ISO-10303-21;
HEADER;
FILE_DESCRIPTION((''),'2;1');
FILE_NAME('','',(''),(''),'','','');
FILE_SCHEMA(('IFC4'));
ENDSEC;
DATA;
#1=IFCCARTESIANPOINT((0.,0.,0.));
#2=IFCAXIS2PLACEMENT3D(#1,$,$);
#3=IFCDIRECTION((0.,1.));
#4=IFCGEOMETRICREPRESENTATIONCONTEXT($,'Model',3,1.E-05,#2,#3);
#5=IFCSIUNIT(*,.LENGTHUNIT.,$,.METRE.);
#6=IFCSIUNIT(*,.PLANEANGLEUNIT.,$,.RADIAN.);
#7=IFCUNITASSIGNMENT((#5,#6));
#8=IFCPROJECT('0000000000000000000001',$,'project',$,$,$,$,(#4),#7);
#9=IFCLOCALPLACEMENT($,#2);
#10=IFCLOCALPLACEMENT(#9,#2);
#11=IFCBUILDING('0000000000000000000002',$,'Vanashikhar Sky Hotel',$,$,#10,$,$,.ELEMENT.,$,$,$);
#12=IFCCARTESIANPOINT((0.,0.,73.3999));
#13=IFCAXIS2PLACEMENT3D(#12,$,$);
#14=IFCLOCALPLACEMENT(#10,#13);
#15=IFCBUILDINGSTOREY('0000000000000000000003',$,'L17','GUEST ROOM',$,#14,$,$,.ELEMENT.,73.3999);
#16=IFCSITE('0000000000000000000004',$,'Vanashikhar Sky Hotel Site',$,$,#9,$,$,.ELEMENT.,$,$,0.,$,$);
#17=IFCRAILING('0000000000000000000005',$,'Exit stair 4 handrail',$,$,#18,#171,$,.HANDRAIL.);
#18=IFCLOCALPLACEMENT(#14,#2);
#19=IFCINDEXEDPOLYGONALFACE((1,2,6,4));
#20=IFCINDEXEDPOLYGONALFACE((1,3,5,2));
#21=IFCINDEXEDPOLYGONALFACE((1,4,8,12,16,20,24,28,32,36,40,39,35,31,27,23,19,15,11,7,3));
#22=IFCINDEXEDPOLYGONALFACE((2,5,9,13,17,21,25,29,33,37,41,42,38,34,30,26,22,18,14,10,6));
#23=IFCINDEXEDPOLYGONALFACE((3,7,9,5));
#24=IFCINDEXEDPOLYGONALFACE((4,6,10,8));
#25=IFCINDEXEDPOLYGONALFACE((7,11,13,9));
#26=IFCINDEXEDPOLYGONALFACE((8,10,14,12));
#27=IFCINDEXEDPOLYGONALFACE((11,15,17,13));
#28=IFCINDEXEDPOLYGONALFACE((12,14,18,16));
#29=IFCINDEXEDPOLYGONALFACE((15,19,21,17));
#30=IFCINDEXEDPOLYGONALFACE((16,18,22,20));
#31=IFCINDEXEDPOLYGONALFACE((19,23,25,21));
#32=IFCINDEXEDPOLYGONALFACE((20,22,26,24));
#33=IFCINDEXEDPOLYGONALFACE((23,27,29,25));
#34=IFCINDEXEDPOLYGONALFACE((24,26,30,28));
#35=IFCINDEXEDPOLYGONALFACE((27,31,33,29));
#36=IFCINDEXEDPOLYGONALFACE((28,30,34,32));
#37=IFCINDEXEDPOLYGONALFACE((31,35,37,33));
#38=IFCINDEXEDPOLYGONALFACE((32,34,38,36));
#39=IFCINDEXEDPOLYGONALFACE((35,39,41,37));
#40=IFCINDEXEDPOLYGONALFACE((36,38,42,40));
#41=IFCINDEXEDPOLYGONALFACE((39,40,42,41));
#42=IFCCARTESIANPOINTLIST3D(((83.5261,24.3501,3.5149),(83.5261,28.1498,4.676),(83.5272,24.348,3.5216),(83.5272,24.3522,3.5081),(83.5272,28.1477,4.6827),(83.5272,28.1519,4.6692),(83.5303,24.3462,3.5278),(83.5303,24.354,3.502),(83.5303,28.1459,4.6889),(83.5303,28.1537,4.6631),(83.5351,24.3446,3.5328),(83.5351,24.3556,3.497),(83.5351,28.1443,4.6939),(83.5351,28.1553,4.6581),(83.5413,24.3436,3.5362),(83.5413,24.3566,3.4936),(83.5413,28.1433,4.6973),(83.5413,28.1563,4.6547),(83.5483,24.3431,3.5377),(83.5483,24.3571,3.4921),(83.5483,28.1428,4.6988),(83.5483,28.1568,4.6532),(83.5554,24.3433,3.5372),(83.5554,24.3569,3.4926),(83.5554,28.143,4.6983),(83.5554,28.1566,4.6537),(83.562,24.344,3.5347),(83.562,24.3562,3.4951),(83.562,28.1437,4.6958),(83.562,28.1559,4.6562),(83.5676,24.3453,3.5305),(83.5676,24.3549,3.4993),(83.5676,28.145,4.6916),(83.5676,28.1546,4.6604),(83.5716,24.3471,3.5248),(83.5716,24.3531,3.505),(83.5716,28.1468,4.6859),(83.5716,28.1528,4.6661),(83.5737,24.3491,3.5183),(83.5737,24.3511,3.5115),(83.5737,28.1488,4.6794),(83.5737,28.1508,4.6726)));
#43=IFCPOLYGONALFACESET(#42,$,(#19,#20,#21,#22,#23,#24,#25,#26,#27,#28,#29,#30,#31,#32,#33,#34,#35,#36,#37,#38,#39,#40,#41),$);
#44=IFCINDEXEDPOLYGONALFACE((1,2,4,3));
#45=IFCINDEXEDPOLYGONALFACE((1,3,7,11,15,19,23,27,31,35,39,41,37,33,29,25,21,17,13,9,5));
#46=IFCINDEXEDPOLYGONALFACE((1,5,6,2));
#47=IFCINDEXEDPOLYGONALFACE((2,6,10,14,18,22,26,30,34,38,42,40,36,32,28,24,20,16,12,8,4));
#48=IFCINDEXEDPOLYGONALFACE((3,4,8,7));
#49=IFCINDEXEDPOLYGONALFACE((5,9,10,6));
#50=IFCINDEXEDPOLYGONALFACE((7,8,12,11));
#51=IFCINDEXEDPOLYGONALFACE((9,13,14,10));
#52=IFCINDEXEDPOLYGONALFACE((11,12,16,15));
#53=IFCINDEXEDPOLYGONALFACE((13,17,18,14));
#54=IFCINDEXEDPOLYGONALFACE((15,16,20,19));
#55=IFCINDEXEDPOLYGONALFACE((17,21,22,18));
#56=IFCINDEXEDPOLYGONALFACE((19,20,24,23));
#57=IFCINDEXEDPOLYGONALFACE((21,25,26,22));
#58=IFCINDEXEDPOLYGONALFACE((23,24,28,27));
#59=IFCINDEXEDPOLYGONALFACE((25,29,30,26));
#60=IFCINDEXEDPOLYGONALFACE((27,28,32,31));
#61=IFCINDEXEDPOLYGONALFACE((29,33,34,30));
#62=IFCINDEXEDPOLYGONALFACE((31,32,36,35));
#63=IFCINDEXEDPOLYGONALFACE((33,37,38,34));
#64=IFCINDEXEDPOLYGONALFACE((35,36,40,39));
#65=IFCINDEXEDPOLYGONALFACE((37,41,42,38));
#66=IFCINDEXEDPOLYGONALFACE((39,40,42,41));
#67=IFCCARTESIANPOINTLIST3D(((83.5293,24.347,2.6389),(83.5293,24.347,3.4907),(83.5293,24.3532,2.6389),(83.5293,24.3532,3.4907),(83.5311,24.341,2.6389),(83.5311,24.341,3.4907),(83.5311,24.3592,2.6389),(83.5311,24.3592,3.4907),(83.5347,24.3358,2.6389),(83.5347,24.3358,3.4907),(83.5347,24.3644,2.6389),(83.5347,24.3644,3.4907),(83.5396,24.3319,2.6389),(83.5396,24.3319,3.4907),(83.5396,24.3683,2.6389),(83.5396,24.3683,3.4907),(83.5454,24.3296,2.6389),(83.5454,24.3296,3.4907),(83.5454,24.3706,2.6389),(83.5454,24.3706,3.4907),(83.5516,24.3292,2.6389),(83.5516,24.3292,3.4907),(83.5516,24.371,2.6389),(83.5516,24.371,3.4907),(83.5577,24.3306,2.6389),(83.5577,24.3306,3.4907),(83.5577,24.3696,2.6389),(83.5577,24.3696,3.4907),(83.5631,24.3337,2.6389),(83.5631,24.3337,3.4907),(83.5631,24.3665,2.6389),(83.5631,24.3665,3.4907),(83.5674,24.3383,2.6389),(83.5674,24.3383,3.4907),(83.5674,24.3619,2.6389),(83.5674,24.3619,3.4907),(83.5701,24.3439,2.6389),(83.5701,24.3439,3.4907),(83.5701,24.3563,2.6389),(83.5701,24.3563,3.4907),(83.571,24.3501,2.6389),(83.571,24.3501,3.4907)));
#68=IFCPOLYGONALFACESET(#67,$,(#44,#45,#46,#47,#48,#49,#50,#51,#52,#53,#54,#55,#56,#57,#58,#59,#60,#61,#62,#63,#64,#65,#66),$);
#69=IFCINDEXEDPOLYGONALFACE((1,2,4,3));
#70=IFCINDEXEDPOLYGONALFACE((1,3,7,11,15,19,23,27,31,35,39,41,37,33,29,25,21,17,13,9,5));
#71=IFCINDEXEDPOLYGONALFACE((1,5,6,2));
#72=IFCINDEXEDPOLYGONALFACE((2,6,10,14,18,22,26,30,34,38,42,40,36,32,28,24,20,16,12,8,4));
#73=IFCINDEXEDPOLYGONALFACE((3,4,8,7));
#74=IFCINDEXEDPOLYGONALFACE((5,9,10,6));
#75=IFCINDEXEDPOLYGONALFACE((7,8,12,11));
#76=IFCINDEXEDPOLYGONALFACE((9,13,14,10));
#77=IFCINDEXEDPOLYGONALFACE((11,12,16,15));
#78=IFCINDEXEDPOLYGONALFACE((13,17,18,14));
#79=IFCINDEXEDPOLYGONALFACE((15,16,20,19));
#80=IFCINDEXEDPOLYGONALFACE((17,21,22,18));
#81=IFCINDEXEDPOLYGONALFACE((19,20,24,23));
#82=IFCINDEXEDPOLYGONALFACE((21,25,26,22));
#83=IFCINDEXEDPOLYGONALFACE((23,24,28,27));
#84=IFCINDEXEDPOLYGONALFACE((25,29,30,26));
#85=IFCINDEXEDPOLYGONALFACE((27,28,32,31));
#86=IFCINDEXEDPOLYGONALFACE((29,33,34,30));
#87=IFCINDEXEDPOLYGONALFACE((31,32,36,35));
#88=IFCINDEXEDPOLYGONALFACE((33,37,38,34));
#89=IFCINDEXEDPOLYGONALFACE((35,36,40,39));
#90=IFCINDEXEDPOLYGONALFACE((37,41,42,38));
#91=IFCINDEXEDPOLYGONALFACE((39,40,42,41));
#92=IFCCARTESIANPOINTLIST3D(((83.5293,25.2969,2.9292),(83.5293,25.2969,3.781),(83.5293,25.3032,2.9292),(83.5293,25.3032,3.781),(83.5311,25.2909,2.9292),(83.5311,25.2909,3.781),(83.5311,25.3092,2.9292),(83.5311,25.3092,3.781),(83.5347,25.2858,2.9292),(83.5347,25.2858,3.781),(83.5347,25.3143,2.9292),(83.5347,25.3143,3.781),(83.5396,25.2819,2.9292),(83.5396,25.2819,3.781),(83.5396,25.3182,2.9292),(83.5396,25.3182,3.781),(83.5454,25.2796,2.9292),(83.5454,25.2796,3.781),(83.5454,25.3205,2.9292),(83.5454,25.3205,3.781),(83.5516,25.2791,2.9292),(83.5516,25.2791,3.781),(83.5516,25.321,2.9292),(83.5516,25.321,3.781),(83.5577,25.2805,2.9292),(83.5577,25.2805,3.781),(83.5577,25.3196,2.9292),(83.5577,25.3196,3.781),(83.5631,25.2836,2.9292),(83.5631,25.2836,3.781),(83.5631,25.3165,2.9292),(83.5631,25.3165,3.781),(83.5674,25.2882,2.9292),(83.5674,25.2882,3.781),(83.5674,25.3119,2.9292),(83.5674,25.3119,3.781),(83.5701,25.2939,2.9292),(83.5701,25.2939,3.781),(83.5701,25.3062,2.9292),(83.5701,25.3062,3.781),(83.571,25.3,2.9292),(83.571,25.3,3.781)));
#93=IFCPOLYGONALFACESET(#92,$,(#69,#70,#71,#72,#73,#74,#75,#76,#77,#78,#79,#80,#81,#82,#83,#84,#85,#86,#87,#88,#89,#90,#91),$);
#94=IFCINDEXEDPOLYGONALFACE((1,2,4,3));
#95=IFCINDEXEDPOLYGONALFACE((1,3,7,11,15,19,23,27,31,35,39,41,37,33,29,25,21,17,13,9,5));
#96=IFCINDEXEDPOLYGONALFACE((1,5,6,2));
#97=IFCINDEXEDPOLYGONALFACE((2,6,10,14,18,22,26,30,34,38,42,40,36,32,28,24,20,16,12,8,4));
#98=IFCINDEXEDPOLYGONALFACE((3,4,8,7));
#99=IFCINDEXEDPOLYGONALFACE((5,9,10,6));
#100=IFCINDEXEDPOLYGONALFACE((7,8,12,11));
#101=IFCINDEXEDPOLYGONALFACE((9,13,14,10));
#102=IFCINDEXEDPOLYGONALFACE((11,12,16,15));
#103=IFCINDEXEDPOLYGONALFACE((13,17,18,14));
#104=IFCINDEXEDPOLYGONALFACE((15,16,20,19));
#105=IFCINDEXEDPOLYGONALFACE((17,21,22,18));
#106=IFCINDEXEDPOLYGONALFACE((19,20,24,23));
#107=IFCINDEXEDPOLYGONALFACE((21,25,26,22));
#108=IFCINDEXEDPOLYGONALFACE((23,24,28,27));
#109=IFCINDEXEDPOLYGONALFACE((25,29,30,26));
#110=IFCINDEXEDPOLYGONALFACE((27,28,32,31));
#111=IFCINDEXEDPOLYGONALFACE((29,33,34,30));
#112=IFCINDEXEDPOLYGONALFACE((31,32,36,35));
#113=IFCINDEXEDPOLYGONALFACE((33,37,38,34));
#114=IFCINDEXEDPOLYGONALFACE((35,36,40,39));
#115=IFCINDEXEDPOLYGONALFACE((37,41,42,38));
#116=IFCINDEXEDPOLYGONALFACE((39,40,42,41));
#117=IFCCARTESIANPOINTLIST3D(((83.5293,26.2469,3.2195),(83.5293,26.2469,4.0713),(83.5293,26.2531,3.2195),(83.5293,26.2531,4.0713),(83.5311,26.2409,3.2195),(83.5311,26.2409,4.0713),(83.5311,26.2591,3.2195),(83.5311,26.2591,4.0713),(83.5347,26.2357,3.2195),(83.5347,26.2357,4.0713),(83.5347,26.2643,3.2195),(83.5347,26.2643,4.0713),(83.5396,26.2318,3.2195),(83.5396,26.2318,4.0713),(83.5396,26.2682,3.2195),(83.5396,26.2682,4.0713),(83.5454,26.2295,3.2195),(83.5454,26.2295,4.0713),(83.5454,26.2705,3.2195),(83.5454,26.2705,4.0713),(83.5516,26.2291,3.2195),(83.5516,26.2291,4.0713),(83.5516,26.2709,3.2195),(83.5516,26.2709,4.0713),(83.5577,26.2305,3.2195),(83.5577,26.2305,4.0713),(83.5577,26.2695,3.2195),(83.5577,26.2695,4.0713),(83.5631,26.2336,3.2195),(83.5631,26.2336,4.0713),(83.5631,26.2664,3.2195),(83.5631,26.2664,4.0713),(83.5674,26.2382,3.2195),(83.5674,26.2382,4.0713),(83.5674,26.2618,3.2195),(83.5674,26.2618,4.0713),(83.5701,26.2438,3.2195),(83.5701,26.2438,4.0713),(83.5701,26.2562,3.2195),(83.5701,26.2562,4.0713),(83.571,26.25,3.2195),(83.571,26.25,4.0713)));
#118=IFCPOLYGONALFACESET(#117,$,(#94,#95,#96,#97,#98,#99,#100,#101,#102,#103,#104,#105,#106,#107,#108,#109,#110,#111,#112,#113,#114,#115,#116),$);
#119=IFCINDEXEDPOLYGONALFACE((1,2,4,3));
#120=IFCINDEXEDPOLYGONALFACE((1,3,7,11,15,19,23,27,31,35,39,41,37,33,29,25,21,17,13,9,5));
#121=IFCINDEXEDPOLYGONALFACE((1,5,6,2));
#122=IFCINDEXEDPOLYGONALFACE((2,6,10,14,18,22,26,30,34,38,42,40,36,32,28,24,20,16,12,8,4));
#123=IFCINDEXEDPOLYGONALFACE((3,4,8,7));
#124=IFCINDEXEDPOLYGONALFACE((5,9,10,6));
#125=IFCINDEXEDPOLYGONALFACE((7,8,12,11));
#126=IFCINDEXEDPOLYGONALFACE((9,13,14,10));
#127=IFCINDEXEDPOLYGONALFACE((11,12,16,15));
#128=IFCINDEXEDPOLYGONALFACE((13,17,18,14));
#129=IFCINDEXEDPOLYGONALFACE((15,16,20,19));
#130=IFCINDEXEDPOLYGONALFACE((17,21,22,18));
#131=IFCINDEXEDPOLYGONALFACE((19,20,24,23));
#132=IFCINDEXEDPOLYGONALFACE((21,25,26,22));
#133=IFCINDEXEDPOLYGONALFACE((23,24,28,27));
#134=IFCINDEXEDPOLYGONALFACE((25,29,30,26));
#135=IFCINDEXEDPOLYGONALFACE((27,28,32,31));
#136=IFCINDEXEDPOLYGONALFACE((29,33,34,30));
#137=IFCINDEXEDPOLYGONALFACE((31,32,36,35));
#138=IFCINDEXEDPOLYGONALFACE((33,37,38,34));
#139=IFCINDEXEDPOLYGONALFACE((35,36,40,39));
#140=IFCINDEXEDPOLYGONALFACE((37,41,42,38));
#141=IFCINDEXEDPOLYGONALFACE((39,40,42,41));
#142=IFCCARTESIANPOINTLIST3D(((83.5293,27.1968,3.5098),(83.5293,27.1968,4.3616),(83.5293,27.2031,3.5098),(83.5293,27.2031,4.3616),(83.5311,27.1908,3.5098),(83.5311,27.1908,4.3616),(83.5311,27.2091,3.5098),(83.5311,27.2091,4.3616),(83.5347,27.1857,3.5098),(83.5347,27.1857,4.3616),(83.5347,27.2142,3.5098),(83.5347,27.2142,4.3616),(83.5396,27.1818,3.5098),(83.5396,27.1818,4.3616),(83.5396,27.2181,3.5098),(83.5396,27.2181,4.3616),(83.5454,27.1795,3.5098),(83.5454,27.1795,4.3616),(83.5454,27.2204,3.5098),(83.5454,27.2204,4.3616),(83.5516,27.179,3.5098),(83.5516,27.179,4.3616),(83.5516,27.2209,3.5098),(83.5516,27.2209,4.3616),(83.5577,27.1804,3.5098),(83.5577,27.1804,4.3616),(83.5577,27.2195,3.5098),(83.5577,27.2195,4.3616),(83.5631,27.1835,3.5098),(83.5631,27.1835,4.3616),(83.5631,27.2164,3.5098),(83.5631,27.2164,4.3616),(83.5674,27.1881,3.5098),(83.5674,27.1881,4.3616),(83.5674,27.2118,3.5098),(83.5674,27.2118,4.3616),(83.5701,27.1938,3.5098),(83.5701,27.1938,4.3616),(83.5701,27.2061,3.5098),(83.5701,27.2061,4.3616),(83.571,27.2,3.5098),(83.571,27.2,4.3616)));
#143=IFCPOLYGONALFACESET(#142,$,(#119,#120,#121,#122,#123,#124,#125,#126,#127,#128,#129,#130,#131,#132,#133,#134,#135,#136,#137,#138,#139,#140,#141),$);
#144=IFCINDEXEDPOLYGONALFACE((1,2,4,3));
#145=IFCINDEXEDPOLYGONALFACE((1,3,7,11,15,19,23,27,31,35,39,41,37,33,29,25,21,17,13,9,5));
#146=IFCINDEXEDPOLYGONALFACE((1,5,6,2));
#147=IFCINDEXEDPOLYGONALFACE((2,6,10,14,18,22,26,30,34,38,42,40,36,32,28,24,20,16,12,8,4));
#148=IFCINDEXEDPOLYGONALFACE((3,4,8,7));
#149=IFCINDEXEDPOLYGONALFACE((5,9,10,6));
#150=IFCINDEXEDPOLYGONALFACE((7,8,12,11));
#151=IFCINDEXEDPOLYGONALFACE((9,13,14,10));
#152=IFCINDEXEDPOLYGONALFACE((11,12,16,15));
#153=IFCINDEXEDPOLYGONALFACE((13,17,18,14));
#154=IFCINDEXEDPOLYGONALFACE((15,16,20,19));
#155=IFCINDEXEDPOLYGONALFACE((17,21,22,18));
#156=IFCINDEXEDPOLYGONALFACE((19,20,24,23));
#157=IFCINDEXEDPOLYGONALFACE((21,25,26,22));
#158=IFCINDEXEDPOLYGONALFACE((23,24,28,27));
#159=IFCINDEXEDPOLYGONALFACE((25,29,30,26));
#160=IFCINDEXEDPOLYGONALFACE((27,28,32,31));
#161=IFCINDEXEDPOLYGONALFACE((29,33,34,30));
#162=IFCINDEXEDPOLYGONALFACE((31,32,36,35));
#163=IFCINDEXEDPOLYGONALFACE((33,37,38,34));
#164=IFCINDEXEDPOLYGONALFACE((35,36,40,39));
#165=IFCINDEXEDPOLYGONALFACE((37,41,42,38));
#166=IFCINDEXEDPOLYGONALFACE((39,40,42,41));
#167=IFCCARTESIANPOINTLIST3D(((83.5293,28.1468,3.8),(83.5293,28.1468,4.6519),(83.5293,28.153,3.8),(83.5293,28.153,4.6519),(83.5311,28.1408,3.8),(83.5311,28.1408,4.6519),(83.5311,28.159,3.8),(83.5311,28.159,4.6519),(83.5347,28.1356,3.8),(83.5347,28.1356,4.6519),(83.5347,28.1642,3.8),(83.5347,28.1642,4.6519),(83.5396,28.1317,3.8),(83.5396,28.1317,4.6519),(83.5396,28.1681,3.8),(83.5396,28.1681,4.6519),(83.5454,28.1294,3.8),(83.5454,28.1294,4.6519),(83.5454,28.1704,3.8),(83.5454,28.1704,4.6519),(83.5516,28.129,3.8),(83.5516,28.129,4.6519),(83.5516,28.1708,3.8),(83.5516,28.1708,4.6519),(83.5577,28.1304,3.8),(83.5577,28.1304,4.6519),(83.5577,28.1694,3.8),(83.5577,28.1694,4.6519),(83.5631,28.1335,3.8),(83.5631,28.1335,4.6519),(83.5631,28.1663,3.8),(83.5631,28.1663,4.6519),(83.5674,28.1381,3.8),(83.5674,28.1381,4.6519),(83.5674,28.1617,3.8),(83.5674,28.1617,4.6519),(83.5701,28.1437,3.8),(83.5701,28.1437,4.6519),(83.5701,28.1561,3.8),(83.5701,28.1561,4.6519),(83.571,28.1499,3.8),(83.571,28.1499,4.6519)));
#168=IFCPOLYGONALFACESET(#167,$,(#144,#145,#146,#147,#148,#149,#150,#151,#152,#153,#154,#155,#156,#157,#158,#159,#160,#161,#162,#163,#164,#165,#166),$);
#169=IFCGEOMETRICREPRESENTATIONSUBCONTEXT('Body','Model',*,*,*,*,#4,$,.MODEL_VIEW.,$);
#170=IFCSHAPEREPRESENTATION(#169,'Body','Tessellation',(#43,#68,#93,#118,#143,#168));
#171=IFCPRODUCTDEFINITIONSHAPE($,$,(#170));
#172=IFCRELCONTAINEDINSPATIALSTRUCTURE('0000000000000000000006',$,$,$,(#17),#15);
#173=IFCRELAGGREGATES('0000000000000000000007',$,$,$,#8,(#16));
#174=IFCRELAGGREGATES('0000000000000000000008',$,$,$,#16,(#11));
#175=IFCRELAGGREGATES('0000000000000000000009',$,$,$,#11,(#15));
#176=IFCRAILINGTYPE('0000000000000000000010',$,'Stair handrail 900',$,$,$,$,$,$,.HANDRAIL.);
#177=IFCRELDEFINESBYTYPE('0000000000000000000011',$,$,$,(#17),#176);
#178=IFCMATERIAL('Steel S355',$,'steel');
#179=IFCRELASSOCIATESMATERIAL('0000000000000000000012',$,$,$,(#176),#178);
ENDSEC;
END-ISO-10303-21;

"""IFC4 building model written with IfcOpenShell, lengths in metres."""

from ifc_helpers import new_model, si_unit, direction, frame, origin, origin_2d, place, context, subcontext, project, spatial, circle, extrude, source, transform, mapped, material, type_object, element, save


model = new_model("IFC4")

# Units and contexts
model_context = context("Model", 3, precision=1e-05, world=origin(), true_north=direction((0.0, 1.0)))
body_context = subcontext(model_context, "Body", "Model", "MODEL_VIEW")
ifc_project = project(units=[si_unit("LENGTHUNIT", "METRE"), si_unit("PLANEANGLEUNIT", "RADIAN")], contexts=[model_context])

# Site, building, storey
site_placement = place(None, origin())
site = spatial("IfcSite", under=ifc_project, at=site_placement, Name="Vanashikhar Sky Hotel Site", CompositionType="ELEMENT", RefElevation=0.0)
building_placement = place(site_placement, origin())
building = spatial("IfcBuilding", under=site, at=building_placement, Name="Vanashikhar Sky Hotel", CompositionType="ELEMENT")
storey_placement = place(building_placement, frame((0.0, 0.0, 73.3999)))
storey = spatial("IfcBuildingStorey", under=building, at=storey_placement, Name="L17", Description="GUEST ROOM", CompositionType="ELEMENT", Elevation=73.3999)

# Railing
ifc_material_1 = material(Name="Steel S355", Category="steel")
railing_type_1 = type_object("IfcRailingType", Name="Stair handrail 900", PredefinedType="HANDRAIL", material=ifc_material_1)
shared_shape_1 = source(origin(), body_context, "Body", "SweptSolid", [
    extrude(circle(Radius=0.0239, at=origin_2d()), frame((0.0, 0.0, 0.876), z_axis=(0.0, 0.956346, 0.292237), x_axis=(-1.0, 0.0, 0.0)), (0.0, 0.0, 1.0), 3.9731),
    extrude(circle(Radius=0.021, at=origin_2d()), origin(), (0.0, 0.0, 1.0), 0.8518),
    extrude(circle(Radius=0.021, at=origin_2d()), frame((0.0, 0.95, 0.2903)), (0.0, 0.0, 1.0), 0.8518),
    extrude(circle(Radius=0.021, at=origin_2d()), frame((0.0, 1.8999, 0.5806)), (0.0, 0.0, 1.0), 0.8518),
    extrude(circle(Radius=0.021, at=origin_2d()), frame((0.0, 2.8499, 0.8708)), (0.0, 0.0, 1.0), 0.8518),
    extrude(circle(Radius=0.021, at=origin_2d()), frame((0.0, 3.7998, 1.1611)), (0.0, 0.0, 1.0), 0.8518),
])
for number, where, name in (
    (1, (83.55, 24.3501, 2.6389), "Exit stair 4 handrail"),
):
    element("IfcRailing", number, at=place(storey_placement, frame(where)), inside=storey, type_object=railing_type_1, Name=name, PredefinedType="HANDRAIL", context=body_context, shape_type="MappedRepresentation", body=[
        mapped(shared_shape_1, transform((0.0, 0.0, 0.0), scale=1.0)),
    ])

save(model, "model.ifc")
